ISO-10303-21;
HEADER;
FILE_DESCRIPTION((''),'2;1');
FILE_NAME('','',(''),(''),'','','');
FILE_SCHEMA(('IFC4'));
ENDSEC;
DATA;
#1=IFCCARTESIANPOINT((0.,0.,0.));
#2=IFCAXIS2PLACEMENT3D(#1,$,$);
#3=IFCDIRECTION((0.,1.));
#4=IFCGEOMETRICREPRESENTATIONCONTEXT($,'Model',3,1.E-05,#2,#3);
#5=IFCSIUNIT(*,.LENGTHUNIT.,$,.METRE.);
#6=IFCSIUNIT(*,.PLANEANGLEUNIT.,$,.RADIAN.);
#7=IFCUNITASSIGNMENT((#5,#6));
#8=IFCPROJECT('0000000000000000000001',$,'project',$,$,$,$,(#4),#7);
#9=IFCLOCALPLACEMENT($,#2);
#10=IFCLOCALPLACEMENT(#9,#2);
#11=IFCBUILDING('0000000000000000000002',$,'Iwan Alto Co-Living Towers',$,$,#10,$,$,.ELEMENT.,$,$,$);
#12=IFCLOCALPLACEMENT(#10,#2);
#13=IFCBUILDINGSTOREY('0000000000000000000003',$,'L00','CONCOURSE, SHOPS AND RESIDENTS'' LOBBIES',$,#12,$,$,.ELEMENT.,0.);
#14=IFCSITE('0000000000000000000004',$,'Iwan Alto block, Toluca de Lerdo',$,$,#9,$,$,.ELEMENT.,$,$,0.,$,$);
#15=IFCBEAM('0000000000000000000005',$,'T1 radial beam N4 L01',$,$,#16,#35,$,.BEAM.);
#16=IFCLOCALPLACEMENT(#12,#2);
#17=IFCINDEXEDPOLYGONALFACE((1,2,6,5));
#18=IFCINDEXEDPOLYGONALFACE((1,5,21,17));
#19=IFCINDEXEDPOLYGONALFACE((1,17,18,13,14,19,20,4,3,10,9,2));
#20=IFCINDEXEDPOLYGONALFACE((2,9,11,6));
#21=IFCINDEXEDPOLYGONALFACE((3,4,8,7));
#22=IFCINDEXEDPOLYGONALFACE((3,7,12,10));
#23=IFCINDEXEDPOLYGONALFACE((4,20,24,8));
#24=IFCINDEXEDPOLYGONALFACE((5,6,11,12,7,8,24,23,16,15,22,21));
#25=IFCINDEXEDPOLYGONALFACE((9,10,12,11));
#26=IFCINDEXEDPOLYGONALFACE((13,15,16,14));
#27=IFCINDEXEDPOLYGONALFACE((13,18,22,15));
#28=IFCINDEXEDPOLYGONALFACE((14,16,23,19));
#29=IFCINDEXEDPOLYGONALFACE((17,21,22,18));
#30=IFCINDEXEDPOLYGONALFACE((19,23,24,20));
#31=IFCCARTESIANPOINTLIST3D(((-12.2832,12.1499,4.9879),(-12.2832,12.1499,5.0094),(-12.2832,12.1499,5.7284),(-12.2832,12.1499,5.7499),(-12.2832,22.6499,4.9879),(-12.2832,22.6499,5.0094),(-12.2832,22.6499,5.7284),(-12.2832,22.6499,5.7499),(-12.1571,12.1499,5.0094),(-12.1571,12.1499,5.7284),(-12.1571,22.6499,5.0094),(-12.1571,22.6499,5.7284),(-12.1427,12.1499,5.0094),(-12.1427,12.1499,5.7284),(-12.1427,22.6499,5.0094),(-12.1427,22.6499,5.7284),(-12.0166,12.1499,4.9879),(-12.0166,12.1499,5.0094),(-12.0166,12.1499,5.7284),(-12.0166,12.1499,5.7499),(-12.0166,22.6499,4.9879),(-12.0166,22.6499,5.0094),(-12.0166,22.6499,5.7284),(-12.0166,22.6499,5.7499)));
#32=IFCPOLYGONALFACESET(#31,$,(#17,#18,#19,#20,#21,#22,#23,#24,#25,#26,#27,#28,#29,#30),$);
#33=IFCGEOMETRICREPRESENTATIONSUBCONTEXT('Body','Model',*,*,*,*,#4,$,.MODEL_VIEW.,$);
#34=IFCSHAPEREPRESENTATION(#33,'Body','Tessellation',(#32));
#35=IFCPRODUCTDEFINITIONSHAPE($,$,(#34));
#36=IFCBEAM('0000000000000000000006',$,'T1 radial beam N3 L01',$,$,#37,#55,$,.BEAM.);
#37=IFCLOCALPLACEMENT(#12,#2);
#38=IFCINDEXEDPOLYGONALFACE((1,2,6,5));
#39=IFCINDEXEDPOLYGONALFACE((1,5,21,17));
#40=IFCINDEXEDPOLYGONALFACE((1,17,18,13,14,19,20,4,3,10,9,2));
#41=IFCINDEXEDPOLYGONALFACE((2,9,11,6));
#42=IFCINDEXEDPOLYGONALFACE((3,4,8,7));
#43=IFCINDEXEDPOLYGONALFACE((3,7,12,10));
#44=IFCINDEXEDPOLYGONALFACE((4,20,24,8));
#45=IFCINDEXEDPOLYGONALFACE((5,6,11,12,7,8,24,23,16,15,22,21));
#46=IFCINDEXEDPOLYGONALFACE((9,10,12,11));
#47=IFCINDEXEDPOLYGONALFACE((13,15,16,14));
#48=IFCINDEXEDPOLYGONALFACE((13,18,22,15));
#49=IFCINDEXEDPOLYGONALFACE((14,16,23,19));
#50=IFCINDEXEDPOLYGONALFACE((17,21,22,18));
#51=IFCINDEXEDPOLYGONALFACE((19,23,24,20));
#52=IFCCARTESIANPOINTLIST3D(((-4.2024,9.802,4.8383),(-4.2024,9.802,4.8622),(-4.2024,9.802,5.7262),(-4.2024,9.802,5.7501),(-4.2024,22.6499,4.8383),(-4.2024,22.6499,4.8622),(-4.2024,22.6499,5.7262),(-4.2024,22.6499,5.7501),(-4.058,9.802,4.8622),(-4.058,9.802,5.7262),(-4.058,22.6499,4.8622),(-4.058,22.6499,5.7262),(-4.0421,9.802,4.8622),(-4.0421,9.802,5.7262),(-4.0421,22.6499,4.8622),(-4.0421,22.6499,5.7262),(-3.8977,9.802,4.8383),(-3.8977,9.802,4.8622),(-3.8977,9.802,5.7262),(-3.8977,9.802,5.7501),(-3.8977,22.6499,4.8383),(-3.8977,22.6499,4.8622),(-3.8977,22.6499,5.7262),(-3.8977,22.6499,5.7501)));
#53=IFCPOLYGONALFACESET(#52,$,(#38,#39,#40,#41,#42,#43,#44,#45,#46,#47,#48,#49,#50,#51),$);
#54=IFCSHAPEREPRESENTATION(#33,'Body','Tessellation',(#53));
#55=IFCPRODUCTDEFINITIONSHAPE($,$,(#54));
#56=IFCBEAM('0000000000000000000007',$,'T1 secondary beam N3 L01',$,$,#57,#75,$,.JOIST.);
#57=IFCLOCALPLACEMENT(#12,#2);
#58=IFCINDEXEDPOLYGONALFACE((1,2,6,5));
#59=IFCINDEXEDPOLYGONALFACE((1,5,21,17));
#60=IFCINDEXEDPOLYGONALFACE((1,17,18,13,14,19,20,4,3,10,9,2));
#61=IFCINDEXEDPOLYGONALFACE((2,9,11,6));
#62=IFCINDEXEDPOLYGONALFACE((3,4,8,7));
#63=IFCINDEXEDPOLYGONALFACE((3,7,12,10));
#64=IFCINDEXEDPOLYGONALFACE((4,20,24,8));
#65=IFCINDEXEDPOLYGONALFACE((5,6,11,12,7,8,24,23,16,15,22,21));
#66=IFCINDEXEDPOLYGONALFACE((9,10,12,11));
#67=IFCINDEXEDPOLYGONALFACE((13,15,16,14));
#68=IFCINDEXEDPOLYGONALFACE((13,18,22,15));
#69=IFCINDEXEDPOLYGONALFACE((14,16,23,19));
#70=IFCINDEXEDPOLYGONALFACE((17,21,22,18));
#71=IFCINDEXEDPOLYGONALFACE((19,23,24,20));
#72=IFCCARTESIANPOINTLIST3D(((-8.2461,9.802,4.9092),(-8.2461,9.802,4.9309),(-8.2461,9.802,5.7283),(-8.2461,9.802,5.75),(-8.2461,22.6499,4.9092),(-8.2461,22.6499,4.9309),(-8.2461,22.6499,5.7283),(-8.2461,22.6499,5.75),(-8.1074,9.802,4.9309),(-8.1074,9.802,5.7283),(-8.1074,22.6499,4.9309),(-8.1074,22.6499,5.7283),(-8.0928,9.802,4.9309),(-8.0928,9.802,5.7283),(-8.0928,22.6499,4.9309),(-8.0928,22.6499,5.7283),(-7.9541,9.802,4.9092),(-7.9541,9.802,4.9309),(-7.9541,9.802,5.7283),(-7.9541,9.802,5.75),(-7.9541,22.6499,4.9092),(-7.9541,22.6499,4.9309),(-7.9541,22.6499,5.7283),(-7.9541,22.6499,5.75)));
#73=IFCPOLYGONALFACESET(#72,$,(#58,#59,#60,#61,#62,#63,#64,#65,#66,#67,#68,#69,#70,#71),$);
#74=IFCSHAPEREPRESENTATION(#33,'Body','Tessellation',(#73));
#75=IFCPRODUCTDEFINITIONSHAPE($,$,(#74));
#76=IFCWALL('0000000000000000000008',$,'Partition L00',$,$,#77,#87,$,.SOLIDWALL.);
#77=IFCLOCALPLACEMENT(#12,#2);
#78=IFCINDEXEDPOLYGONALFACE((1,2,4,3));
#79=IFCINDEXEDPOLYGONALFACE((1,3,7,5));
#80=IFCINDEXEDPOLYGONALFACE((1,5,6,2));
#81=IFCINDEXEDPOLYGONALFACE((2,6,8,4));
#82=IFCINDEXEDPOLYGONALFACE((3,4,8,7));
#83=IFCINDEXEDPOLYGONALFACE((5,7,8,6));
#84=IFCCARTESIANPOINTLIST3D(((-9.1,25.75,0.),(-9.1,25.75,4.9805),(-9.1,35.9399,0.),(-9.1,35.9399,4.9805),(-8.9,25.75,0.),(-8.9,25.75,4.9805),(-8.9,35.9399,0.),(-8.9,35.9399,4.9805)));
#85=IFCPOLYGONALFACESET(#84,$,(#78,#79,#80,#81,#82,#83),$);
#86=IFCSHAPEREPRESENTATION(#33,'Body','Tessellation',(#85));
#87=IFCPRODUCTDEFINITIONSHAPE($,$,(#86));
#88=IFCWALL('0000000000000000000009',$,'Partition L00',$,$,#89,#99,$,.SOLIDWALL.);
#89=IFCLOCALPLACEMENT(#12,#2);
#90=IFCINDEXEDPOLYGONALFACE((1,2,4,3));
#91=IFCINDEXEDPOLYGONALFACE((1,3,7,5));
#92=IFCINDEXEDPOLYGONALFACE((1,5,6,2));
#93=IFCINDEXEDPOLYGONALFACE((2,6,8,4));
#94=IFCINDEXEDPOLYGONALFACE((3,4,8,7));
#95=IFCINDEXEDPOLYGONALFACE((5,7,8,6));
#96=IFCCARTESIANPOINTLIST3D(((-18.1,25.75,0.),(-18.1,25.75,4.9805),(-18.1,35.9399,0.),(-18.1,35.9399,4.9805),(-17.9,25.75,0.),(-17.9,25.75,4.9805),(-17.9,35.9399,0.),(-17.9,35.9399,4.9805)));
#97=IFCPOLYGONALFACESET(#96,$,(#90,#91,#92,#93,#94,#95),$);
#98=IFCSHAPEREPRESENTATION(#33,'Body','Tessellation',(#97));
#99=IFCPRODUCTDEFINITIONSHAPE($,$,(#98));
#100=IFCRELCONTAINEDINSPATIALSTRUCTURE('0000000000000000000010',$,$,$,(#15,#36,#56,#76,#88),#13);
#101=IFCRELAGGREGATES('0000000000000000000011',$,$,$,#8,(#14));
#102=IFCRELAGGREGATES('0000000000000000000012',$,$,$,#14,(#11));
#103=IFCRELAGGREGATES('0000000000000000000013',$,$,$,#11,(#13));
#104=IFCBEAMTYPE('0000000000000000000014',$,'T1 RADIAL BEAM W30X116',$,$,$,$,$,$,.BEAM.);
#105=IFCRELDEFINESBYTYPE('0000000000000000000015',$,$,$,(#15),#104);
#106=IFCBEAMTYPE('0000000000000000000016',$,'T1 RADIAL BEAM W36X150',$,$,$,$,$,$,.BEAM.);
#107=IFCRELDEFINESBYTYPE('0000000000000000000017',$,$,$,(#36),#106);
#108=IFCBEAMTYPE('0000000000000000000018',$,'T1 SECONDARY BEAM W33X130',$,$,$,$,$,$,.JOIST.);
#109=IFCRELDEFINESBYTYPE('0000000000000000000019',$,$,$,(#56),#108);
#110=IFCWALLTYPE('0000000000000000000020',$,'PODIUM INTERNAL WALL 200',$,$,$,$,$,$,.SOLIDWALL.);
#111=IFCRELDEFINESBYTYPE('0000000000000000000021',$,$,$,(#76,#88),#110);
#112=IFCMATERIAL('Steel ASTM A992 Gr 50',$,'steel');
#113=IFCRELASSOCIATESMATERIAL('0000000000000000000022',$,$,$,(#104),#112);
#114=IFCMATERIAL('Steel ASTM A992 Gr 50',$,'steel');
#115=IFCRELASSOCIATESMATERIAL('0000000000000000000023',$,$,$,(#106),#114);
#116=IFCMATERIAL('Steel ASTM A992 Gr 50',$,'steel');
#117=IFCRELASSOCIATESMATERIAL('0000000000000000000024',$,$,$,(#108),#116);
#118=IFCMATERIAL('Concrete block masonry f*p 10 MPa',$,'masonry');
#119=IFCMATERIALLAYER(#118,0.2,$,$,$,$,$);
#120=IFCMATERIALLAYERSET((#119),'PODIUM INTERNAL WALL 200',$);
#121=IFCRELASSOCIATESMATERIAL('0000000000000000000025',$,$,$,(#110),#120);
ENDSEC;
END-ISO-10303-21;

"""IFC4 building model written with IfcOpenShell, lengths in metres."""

from ifc_helpers import new_model, si_unit, direction, frame, frame_2d, origin, origin_2d, place, context, subcontext, project, spatial, rectangle, i_section, extrude, material, layer, layer_set, material_profile, profile_set, type_object, element, save


model = new_model("IFC4")

# Units and contexts
model_context = context("Model", 3, precision=1e-05, world=origin(), true_north=direction((0.0, 1.0)))
body_context = subcontext(model_context, "Body", "Model", "MODEL_VIEW")
ifc_project = project(units=[si_unit("LENGTHUNIT", "METRE"), si_unit("PLANEANGLEUNIT", "RADIAN")], contexts=[model_context])

# Site, building, storey
site_placement = place(None, origin())
site = spatial("IfcSite", under=ifc_project, at=site_placement, Name="Iwan Alto block, Toluca de Lerdo", CompositionType="ELEMENT", RefElevation=0.0)
building_placement = place(site_placement, origin())
building = spatial("IfcBuilding", under=site, at=building_placement, Name="Iwan Alto Co-Living Towers", CompositionType="ELEMENT")
storey_placement = place(building_placement, origin())
storey = spatial("IfcBuildingStorey", under=building, at=storey_placement, Name="L00", Description="CONCOURSE, SHOPS AND RESIDENTS' LOBBIES", CompositionType="ELEMENT", Elevation=0.0)

# Beams
ifc_material_1 = material(Name="Steel ASTM A992 Gr 50", Category="steel")
ifc_material_profile_1 = material_profile(ifc_material_1, i_section(OverallWidth=0.2666, OverallDepth=0.762, WebThickness=0.0144, FlangeThickness=0.0215, at=origin_2d()), Name="W30X116")
ifc_profile_set_1 = profile_set([ifc_material_profile_1], Name="Steel ASTM A992 Gr 50")
beam_type_1 = type_object("IfcBeamType", Name="T1 RADIAL BEAM W30X116", PredefinedType="BEAM", material=ifc_profile_set_1)
beam_1_placement = place(storey_placement, frame((-12.1499, 22.6499, 5.3689), z_axis=(0.0, -1.0, 0.0), x_axis=(1.0, 0.0, 0.0)))
element("IfcBeam", 1, at=beam_1_placement, inside=storey, type_object=beam_type_1, Name="T1 radial beam N4 L01", PredefinedType="BEAM", context=body_context, shape_type="SweptSolid", body=[
    extrude(i_section(OverallWidth=0.2666, OverallDepth=0.762, WebThickness=0.0144, FlangeThickness=0.0215, at=origin_2d()), origin(), (0.0, 0.0, 1.0), 10.5),
])
ifc_material_2 = material(Name="Steel ASTM A992 Gr 50", Category="steel")
ifc_material_profile_2 = material_profile(ifc_material_2, i_section(OverallWidth=0.3047, OverallDepth=0.9119, WebThickness=0.0159, FlangeThickness=0.0239, at=origin_2d()), Name="W36X150")
ifc_profile_set_2 = profile_set([ifc_material_profile_2], Name="Steel ASTM A992 Gr 50")
beam_type_2 = type_object("IfcBeamType", Name="T1 RADIAL BEAM W36X150", PredefinedType="BEAM", material=ifc_profile_set_2)
beam_2_placement = place(storey_placement, frame((-4.05, 22.6499, 5.2942), z_axis=(0.0, -1.0, 0.0), x_axis=(1.0, 0.0, 0.0)))
element("IfcBeam", 2, at=beam_2_placement, inside=storey, type_object=beam_type_2, Name="T1 radial beam N3 L01", PredefinedType="BEAM", context=body_context, shape_type="SweptSolid", body=[
    extrude(i_section(OverallWidth=0.3047, OverallDepth=0.9119, WebThickness=0.0159, FlangeThickness=0.0239, at=origin_2d()), origin(), (0.0, 0.0, 1.0), 12.8479),
])
ifc_material_3 = material(Name="Steel ASTM A992 Gr 50", Category="steel")
ifc_material_profile_3 = material_profile(ifc_material_3, i_section(OverallWidth=0.292, OverallDepth=0.8408, WebThickness=0.0146, FlangeThickness=0.0217, at=origin_2d()), Name="W33X130")
ifc_profile_set_3 = profile_set([ifc_material_profile_3], Name="Steel ASTM A992 Gr 50")
beam_type_3 = type_object("IfcBeamType", Name="T1 SECONDARY BEAM W33X130", PredefinedType="JOIST", material=ifc_profile_set_3)
beam_3_placement = place(storey_placement, frame((-8.1001, 22.6499, 5.3296), z_axis=(0.0, -1.0, 0.0), x_axis=(1.0, 0.0, 0.0)))
element("IfcBeam", 3, at=beam_3_placement, inside=storey, type_object=beam_type_3, Name="T1 secondary beam N3 L01", PredefinedType="JOIST", context=body_context, shape_type="SweptSolid", body=[
    extrude(i_section(OverallWidth=0.292, OverallDepth=0.8408, WebThickness=0.0146, FlangeThickness=0.0217, at=origin_2d()), origin(), (0.0, 0.0, 1.0), 12.8479),
])

# Walls
ifc_material_4 = material(Name="Concrete block masonry f*p 10 MPa", Category="masonry")
ifc_layer = layer(ifc_material_4, 0.2)
ifc_layer_set = layer_set([ifc_layer], Name="PODIUM INTERNAL WALL 200")
wall_type = type_object("IfcWallType", Name="PODIUM INTERNAL WALL 200", PredefinedType="SOLIDWALL", material=ifc_layer_set)
for number, where, z_axis, x_axis, name in (
    (4, (-9.0, 25.75, 0.0), (0.0, 0.0, 1.0), (0.0, 1.0, 0.0), "Partition L00"),
    (5, (-18.0, 25.75, 0.0), (0.0, 0.0, 1.0), (0.0, 1.0, 0.0), "Partition L00"),
):
    element("IfcWall", number, at=place(storey_placement, frame(where, z_axis=z_axis, x_axis=x_axis)), inside=storey, type_object=wall_type, Name=name, PredefinedType="SOLIDWALL", context=body_context, shape_type="SweptSolid", body=[
        extrude(rectangle(XDim=10.1899, YDim=0.2, at=frame_2d((5.095, 0.0))), origin(), (0.0, 0.0, 1.0), 4.9805),
    ])

save(model, "model.ifc")
